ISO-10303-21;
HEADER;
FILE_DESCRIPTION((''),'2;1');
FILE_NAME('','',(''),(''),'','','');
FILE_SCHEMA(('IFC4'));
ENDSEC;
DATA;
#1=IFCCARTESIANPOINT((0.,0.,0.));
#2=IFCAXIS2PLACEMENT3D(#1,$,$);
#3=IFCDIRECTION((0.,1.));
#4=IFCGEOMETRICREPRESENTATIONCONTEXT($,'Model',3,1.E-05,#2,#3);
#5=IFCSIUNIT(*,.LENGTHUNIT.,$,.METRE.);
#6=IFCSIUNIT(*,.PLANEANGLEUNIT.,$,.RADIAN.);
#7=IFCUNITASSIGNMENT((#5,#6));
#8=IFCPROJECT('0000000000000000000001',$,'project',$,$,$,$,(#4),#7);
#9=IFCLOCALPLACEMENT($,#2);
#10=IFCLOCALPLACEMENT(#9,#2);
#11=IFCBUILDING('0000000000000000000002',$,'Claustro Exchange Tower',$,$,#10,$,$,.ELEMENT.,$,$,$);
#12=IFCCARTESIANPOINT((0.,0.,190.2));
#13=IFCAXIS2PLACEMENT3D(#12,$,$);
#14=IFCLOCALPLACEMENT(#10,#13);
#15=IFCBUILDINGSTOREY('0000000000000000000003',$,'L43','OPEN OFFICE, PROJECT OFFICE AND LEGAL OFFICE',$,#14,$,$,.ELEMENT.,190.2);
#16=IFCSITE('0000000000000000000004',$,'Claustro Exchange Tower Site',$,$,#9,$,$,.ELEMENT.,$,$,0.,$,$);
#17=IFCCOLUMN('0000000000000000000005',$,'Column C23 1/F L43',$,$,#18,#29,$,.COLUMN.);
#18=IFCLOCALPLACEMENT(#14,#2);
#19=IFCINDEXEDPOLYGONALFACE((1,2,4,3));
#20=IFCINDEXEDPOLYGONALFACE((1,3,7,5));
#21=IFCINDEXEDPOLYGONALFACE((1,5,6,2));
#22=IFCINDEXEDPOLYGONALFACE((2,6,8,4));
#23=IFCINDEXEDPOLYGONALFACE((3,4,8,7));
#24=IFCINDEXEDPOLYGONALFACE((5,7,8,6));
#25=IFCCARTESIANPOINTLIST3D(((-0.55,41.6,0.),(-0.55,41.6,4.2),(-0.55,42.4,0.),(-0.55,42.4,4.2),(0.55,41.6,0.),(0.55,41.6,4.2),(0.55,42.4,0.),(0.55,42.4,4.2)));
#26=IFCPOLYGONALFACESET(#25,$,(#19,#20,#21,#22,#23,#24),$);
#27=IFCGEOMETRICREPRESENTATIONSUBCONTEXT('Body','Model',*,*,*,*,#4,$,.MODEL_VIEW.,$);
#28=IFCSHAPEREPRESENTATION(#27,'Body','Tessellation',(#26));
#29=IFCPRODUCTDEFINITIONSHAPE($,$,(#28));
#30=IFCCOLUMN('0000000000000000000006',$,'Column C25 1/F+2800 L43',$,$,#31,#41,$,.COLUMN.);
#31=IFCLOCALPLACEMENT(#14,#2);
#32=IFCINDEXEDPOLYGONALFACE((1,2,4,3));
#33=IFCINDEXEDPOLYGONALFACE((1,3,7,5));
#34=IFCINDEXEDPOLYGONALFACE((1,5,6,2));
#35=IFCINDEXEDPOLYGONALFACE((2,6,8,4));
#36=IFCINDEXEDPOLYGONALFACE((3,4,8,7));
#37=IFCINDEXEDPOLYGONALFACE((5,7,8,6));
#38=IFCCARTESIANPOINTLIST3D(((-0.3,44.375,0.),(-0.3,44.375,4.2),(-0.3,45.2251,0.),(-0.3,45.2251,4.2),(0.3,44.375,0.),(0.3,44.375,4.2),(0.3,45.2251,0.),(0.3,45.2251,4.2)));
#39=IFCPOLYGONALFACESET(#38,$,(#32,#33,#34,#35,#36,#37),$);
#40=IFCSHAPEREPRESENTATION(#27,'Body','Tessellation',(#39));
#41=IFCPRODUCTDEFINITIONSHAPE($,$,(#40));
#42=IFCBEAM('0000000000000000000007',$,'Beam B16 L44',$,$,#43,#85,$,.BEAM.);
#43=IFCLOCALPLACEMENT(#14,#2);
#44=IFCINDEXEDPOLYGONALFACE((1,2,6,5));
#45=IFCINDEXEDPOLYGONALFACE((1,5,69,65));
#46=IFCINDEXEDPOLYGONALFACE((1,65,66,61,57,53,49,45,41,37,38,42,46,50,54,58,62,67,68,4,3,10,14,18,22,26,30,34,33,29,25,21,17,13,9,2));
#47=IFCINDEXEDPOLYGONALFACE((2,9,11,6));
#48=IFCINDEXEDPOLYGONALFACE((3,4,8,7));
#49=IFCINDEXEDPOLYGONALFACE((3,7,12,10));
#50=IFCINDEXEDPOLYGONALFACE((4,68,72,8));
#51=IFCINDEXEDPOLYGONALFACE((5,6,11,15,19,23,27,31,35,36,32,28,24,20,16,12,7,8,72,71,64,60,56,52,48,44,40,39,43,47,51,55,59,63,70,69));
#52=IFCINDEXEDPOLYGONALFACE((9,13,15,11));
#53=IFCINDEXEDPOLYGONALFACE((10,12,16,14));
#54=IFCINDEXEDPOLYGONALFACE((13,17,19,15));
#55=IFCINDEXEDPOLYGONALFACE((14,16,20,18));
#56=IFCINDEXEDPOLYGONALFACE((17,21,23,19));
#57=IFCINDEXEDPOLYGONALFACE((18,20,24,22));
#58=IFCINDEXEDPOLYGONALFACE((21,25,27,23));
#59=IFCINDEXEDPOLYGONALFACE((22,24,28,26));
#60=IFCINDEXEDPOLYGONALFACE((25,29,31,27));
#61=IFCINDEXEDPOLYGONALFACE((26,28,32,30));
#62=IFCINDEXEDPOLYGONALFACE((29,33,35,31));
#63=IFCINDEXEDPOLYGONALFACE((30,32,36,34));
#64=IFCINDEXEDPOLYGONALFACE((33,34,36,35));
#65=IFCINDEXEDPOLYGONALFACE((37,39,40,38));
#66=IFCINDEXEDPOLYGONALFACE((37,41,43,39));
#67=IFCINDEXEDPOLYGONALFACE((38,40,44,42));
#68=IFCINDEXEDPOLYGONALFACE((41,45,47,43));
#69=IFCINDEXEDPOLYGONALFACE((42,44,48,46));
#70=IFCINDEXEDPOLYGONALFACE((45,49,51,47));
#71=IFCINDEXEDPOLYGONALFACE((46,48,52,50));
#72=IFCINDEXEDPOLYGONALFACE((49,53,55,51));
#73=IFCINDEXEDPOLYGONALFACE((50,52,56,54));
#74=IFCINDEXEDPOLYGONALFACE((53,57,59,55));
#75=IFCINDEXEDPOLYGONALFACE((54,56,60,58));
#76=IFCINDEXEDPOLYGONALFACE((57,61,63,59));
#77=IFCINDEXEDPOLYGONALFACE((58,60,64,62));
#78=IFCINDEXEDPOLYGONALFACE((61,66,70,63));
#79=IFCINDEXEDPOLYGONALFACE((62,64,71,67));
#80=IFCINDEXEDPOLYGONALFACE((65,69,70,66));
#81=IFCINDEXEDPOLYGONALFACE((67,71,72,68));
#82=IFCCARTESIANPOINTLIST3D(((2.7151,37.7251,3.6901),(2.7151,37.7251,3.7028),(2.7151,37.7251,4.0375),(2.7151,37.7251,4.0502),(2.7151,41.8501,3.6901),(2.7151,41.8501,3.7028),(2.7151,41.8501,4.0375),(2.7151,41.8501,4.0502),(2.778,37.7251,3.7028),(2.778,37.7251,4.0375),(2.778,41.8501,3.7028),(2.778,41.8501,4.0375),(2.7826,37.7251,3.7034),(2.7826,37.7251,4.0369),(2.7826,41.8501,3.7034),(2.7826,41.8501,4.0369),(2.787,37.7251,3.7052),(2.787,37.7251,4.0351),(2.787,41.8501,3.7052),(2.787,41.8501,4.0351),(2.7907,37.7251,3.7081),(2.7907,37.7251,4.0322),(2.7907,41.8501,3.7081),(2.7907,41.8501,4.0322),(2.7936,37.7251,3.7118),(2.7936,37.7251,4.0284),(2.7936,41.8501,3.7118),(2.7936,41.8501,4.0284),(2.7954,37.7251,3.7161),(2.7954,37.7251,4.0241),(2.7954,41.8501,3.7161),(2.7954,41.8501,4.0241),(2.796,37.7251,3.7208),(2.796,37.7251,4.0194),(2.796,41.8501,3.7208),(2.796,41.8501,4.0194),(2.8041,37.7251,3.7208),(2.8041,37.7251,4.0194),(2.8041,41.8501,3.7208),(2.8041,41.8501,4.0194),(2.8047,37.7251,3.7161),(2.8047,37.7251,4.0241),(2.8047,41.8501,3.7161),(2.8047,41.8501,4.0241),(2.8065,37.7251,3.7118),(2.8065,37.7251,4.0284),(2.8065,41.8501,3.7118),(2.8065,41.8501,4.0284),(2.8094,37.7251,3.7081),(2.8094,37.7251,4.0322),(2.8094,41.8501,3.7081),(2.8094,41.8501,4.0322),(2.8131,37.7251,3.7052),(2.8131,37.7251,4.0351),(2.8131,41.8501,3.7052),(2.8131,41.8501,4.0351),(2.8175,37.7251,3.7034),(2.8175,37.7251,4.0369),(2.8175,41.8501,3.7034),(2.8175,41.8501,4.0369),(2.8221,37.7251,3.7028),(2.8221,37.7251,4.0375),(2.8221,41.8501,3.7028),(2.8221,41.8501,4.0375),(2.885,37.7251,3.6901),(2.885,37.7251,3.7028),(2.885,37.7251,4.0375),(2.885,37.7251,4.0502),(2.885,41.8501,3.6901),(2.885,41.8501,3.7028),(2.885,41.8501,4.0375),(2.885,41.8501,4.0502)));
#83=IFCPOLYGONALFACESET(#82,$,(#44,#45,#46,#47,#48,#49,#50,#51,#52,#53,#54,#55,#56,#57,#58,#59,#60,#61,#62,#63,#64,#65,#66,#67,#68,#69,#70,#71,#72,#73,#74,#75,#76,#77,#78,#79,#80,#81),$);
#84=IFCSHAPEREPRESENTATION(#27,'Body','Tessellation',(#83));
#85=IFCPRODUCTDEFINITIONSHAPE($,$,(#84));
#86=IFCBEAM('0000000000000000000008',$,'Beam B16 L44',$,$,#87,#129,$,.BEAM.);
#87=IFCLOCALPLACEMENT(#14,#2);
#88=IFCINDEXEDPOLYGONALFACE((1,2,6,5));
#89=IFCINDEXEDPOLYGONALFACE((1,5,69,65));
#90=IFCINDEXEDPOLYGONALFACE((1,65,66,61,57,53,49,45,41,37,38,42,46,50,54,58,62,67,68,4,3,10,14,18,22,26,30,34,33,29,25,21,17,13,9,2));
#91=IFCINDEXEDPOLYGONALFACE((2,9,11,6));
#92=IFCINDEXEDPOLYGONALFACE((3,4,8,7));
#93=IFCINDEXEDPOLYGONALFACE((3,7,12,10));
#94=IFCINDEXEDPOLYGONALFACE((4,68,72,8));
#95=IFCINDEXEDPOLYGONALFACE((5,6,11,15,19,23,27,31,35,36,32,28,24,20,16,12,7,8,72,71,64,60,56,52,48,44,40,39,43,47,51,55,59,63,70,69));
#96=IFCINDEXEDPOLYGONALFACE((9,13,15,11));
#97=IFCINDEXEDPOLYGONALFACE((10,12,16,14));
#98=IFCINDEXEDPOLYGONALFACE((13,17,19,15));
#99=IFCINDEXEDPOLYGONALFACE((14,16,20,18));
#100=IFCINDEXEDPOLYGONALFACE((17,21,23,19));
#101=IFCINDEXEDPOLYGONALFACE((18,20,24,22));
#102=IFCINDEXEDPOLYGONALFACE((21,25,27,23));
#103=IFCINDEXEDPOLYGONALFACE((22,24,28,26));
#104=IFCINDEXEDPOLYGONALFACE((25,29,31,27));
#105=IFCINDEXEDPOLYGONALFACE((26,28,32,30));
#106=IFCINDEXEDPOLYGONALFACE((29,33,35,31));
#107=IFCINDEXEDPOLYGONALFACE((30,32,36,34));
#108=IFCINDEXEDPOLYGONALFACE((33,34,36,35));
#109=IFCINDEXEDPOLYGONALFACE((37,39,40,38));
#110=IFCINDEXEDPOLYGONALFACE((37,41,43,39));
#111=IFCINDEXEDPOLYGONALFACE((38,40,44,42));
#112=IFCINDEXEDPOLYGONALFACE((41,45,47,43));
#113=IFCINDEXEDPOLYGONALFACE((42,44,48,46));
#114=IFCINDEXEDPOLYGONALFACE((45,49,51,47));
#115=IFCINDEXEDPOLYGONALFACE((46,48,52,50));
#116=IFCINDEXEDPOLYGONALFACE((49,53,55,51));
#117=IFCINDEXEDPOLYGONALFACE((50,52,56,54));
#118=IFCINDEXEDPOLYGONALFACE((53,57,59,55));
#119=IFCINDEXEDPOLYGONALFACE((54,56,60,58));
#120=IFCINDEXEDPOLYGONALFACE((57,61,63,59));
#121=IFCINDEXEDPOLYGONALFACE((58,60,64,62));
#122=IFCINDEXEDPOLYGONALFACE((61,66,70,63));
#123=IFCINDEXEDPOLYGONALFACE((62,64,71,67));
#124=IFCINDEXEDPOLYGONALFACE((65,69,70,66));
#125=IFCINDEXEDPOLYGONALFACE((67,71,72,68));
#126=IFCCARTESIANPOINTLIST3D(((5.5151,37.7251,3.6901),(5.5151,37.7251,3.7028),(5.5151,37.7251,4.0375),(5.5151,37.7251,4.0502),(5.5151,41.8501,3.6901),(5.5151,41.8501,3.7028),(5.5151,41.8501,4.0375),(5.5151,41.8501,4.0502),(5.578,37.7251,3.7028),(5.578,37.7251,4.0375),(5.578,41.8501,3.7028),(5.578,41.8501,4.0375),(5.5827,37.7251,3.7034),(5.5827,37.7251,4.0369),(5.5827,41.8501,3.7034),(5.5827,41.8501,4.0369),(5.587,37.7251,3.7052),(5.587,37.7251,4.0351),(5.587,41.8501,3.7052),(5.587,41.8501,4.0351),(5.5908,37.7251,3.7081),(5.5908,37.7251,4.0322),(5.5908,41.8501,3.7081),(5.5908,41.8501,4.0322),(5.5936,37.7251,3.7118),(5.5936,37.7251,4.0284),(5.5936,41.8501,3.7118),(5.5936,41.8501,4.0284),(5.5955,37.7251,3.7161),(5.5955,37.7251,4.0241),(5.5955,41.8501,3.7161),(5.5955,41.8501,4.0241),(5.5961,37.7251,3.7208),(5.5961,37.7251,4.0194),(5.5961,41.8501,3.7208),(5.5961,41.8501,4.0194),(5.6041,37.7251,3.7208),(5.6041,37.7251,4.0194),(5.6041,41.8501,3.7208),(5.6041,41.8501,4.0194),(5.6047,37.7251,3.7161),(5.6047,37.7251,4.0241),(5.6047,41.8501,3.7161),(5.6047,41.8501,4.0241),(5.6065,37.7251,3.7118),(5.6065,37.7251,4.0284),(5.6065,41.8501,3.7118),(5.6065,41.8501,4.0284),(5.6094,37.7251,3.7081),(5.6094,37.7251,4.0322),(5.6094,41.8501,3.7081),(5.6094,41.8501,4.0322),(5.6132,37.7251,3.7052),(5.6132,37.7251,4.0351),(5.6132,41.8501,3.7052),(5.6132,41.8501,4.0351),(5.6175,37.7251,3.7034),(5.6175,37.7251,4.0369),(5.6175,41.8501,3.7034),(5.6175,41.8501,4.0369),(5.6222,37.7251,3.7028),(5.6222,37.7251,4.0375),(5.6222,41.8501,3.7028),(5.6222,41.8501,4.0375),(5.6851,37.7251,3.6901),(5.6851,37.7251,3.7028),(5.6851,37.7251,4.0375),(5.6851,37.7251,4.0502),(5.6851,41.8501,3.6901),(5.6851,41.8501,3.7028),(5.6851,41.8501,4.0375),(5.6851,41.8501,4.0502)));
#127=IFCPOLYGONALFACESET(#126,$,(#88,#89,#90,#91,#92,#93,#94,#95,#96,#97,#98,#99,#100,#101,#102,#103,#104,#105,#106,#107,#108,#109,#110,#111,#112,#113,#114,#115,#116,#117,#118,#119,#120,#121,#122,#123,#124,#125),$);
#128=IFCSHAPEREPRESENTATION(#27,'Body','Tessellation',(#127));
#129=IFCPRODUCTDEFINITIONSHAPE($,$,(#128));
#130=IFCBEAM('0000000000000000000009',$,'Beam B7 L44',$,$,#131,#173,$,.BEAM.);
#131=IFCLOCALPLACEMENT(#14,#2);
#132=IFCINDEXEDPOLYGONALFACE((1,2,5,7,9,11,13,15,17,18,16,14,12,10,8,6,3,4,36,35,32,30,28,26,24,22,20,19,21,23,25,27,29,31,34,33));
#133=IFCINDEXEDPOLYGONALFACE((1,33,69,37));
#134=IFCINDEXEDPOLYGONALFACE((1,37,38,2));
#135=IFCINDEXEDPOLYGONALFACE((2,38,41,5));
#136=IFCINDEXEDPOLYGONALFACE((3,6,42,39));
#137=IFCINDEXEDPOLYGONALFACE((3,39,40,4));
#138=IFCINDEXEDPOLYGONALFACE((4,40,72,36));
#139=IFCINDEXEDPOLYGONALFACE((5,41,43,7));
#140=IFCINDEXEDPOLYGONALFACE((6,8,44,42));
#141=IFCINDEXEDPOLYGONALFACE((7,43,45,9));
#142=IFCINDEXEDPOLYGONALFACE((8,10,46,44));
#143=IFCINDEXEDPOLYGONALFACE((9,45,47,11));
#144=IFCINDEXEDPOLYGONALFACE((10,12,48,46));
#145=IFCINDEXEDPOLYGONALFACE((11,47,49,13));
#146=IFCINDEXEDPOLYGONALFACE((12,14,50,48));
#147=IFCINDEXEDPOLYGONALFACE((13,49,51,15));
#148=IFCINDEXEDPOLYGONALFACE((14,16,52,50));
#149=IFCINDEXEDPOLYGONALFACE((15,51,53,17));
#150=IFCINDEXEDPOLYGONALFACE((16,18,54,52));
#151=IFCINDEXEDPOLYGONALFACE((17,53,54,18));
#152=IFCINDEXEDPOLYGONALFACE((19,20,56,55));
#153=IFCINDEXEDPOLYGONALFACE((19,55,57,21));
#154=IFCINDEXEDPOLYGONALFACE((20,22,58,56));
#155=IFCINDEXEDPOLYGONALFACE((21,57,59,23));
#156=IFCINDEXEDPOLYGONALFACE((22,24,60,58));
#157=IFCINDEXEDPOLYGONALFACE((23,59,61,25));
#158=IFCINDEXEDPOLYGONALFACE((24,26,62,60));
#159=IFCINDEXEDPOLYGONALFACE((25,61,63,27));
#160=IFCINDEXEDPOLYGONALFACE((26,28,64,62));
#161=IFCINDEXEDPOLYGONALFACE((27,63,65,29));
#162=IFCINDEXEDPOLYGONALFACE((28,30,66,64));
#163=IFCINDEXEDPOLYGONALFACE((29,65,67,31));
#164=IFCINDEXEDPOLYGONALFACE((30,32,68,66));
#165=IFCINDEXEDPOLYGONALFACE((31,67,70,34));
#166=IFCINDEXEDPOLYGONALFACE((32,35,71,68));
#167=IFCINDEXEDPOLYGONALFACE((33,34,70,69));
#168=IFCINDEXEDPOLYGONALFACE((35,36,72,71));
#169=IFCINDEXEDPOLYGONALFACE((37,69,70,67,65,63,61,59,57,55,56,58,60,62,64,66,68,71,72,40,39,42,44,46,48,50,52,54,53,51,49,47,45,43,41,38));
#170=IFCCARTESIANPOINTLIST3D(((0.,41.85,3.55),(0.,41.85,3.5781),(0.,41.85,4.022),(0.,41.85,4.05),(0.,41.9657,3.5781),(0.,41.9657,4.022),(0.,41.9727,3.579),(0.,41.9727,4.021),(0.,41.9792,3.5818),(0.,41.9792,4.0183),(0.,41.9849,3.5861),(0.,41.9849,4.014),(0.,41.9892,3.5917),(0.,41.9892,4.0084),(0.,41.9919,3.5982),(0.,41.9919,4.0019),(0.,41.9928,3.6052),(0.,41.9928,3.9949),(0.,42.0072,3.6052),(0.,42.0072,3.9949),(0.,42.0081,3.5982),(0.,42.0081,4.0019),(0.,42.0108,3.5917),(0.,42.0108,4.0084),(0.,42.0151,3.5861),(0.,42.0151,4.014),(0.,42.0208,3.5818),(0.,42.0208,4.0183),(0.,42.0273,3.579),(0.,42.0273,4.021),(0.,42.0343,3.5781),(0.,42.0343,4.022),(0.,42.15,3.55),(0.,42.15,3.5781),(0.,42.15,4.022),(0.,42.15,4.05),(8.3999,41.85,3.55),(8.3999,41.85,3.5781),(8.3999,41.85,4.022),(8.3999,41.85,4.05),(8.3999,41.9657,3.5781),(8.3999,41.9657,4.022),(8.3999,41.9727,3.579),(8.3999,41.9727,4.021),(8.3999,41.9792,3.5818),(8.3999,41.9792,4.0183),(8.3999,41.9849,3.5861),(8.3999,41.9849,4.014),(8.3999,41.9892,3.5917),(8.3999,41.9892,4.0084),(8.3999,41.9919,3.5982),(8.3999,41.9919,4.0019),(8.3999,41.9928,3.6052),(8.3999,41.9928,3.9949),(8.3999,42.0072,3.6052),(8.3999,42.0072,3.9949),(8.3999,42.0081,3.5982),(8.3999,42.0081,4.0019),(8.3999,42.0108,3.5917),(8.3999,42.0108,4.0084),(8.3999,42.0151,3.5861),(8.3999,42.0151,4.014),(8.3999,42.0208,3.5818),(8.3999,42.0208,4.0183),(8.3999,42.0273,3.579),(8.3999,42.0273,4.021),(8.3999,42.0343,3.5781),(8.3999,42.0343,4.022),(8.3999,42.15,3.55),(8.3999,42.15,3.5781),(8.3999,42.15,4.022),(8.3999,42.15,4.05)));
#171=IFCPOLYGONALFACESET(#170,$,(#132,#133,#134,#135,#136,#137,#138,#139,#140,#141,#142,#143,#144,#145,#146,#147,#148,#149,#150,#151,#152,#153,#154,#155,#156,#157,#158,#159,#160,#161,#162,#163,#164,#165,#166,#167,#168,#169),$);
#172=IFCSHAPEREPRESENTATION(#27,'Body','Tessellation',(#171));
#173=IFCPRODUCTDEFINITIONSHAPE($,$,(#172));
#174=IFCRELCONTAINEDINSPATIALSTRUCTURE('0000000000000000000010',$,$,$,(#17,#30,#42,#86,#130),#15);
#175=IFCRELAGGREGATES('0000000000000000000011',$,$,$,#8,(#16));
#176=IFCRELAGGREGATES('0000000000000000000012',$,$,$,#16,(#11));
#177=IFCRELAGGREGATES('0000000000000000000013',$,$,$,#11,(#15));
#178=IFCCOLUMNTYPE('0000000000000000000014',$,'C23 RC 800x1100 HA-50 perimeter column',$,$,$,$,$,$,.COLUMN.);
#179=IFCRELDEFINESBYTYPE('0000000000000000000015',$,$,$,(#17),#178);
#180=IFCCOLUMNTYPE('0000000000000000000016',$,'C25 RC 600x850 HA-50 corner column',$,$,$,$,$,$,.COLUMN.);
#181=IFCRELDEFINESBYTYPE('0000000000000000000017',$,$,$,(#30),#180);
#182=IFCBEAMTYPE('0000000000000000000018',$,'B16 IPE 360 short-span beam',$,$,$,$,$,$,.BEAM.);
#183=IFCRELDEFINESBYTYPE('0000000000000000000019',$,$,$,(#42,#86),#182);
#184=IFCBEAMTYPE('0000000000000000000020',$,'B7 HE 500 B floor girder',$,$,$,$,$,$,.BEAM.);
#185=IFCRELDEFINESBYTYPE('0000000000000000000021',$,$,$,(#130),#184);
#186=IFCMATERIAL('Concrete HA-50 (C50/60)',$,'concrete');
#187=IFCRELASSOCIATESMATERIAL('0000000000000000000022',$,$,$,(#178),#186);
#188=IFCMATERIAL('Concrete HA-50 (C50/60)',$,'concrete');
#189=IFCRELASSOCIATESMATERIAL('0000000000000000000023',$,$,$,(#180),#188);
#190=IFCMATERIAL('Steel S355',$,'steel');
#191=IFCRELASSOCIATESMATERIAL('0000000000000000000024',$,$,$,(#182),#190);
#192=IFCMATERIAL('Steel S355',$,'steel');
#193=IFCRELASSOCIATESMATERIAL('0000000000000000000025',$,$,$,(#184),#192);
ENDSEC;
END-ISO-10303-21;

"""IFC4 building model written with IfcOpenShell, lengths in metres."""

from ifc_helpers import new_model, si_unit, direction, frame, origin, origin_2d, place, context, subcontext, project, spatial, rectangle, i_section, extrude, material, material_profile, profile_set, type_object, element, save


model = new_model("IFC4")

# Units and contexts
model_context = context("Model", 3, precision=1e-05, world=origin(), true_north=direction((0.0, 1.0)))
body_context = subcontext(model_context, "Body", "Model", "MODEL_VIEW")
ifc_project = project(units=[si_unit("LENGTHUNIT", "METRE"), si_unit("PLANEANGLEUNIT", "RADIAN")], contexts=[model_context])

# Site, building, storey
site_placement = place(None, origin())
site = spatial("IfcSite", under=ifc_project, at=site_placement, Name="Claustro Exchange Tower Site", CompositionType="ELEMENT", RefElevation=0.0)
building_placement = place(site_placement, origin())
building = spatial("IfcBuilding", under=site, at=building_placement, Name="Claustro Exchange Tower", CompositionType="ELEMENT")
storey_placement = place(building_placement, frame((0.0, 0.0, 190.2)))
storey = spatial("IfcBuildingStorey", under=building, at=storey_placement, Name="L43", Description="OPEN OFFICE, PROJECT OFFICE AND LEGAL OFFICE", CompositionType="ELEMENT", Elevation=190.2)

# Columns
ifc_material_1 = material(Name="Concrete HA-50 (C50/60)", Category="concrete")
ifc_material_profile_1 = material_profile(ifc_material_1, rectangle(XDim=0.8, YDim=1.1001, at=origin_2d()), Name="RC 800x1100")
ifc_profile_set_1 = profile_set([ifc_material_profile_1], Name="Concrete HA-50 (C50/60)")
column_type_1 = type_object("IfcColumnType", Name="C23 RC 800x1100 HA-50 perimeter column", PredefinedType="COLUMN", material=ifc_profile_set_1)
column_1_placement = place(storey_placement, frame((0.0, 42.0, 0.0), z_axis=(0.0, 0.0, 1.0), x_axis=(0.0, 1.0, 0.0)))
element("IfcColumn", 1, at=column_1_placement, inside=storey, type_object=column_type_1, Name="Column C23 1/F L43", PredefinedType="COLUMN", context=body_context, shape_type="SweptSolid", body=[
    extrude(rectangle(XDim=0.8, YDim=1.1001, at=origin_2d()), origin(), (0.0, 0.0, 1.0), 4.2),
])
ifc_material_2 = material(Name="Concrete HA-50 (C50/60)", Category="concrete")
ifc_material_profile_2 = material_profile(ifc_material_2, rectangle(XDim=0.6001, YDim=0.8501, at=origin_2d()), Name="RC 600x850")
ifc_profile_set_2 = profile_set([ifc_material_profile_2], Name="Concrete HA-50 (C50/60)")
column_type_2 = type_object("IfcColumnType", Name="C25 RC 600x850 HA-50 corner column", PredefinedType="COLUMN", material=ifc_profile_set_2)
column_2_placement = place(storey_placement, frame((0.0, 44.8, 0.0), z_axis=(0.0, 0.0, 1.0), x_axis=(1.0, 0.0, 0.0)))
element("IfcColumn", 2, at=column_2_placement, inside=storey, type_object=column_type_2, Name="Column C25 1/F+2800 L43", PredefinedType="COLUMN", context=body_context, shape_type="SweptSolid", body=[
    extrude(rectangle(XDim=0.6001, YDim=0.8501, at=origin_2d()), origin(), (0.0, 0.0, 1.0), 4.2),
])

# Beams
ifc_material_3 = material(Name="Steel S355", Category="steel")
ifc_material_profile_3 = material_profile(ifc_material_3, i_section(OverallWidth=0.1699, OverallDepth=0.3601, WebThickness=0.0081, FlangeThickness=0.0127, FilletRadius=0.0181, at=origin_2d()), Name="IPE 360")
ifc_profile_set_3 = profile_set([ifc_material_profile_3], Name="Steel S355")
beam_type_1 = type_object("IfcBeamType", Name="B16 IPE 360 short-span beam", PredefinedType="BEAM", material=ifc_profile_set_3)
for number, where, z_axis, x_axis, name in (
    (3, (2.8, 37.7251, 3.8701), (0.0, 1.0, 0.0), (-1.0, 0.0, 0.0), "Beam B16 L44"),
    (4, (5.6001, 37.7251, 3.8701), (0.0, 1.0, 0.0), (-1.0, 0.0, 0.0), "Beam B16 L44"),
):
    element("IfcBeam", number, at=place(storey_placement, frame(where, z_axis=z_axis, x_axis=x_axis)), inside=storey, type_object=beam_type_1, Name=name, PredefinedType="BEAM", context=body_context, shape_type="SweptSolid", body=[
        extrude(i_section(OverallWidth=0.1699, OverallDepth=0.3601, WebThickness=0.0081, FlangeThickness=0.0127, FilletRadius=0.0181, at=origin_2d()), origin(), (0.0, 0.0, 1.0), 4.125),
    ])
ifc_material_4 = material(Name="Steel S355", Category="steel")
ifc_material_profile_4 = material_profile(ifc_material_4, i_section(OverallWidth=0.3, OverallDepth=0.5, WebThickness=0.0144, FlangeThickness=0.0281, FilletRadius=0.0271, at=origin_2d()), Name="HE 500 B")
ifc_profile_set_4 = profile_set([ifc_material_profile_4], Name="Steel S355")
beam_type_2 = type_object("IfcBeamType", Name="B7 HE 500 B floor girder", PredefinedType="BEAM", material=ifc_profile_set_4)
beam_1_placement = place(storey_placement, frame((0.0, 42.0, 3.8), z_axis=(1.0, 0.0, 0.0), x_axis=(0.0, 1.0, 0.0)))
element("IfcBeam", 5, at=beam_1_placement, inside=storey, type_object=beam_type_2, Name="Beam B7 L44", PredefinedType="BEAM", context=body_context, shape_type="SweptSolid", body=[
    extrude(i_section(OverallWidth=0.3, OverallDepth=0.5, WebThickness=0.0144, FlangeThickness=0.0281, FilletRadius=0.0271, at=origin_2d()), origin(), (0.0, 0.0, 1.0), 8.3999),
])

save(model, "model.ifc")
